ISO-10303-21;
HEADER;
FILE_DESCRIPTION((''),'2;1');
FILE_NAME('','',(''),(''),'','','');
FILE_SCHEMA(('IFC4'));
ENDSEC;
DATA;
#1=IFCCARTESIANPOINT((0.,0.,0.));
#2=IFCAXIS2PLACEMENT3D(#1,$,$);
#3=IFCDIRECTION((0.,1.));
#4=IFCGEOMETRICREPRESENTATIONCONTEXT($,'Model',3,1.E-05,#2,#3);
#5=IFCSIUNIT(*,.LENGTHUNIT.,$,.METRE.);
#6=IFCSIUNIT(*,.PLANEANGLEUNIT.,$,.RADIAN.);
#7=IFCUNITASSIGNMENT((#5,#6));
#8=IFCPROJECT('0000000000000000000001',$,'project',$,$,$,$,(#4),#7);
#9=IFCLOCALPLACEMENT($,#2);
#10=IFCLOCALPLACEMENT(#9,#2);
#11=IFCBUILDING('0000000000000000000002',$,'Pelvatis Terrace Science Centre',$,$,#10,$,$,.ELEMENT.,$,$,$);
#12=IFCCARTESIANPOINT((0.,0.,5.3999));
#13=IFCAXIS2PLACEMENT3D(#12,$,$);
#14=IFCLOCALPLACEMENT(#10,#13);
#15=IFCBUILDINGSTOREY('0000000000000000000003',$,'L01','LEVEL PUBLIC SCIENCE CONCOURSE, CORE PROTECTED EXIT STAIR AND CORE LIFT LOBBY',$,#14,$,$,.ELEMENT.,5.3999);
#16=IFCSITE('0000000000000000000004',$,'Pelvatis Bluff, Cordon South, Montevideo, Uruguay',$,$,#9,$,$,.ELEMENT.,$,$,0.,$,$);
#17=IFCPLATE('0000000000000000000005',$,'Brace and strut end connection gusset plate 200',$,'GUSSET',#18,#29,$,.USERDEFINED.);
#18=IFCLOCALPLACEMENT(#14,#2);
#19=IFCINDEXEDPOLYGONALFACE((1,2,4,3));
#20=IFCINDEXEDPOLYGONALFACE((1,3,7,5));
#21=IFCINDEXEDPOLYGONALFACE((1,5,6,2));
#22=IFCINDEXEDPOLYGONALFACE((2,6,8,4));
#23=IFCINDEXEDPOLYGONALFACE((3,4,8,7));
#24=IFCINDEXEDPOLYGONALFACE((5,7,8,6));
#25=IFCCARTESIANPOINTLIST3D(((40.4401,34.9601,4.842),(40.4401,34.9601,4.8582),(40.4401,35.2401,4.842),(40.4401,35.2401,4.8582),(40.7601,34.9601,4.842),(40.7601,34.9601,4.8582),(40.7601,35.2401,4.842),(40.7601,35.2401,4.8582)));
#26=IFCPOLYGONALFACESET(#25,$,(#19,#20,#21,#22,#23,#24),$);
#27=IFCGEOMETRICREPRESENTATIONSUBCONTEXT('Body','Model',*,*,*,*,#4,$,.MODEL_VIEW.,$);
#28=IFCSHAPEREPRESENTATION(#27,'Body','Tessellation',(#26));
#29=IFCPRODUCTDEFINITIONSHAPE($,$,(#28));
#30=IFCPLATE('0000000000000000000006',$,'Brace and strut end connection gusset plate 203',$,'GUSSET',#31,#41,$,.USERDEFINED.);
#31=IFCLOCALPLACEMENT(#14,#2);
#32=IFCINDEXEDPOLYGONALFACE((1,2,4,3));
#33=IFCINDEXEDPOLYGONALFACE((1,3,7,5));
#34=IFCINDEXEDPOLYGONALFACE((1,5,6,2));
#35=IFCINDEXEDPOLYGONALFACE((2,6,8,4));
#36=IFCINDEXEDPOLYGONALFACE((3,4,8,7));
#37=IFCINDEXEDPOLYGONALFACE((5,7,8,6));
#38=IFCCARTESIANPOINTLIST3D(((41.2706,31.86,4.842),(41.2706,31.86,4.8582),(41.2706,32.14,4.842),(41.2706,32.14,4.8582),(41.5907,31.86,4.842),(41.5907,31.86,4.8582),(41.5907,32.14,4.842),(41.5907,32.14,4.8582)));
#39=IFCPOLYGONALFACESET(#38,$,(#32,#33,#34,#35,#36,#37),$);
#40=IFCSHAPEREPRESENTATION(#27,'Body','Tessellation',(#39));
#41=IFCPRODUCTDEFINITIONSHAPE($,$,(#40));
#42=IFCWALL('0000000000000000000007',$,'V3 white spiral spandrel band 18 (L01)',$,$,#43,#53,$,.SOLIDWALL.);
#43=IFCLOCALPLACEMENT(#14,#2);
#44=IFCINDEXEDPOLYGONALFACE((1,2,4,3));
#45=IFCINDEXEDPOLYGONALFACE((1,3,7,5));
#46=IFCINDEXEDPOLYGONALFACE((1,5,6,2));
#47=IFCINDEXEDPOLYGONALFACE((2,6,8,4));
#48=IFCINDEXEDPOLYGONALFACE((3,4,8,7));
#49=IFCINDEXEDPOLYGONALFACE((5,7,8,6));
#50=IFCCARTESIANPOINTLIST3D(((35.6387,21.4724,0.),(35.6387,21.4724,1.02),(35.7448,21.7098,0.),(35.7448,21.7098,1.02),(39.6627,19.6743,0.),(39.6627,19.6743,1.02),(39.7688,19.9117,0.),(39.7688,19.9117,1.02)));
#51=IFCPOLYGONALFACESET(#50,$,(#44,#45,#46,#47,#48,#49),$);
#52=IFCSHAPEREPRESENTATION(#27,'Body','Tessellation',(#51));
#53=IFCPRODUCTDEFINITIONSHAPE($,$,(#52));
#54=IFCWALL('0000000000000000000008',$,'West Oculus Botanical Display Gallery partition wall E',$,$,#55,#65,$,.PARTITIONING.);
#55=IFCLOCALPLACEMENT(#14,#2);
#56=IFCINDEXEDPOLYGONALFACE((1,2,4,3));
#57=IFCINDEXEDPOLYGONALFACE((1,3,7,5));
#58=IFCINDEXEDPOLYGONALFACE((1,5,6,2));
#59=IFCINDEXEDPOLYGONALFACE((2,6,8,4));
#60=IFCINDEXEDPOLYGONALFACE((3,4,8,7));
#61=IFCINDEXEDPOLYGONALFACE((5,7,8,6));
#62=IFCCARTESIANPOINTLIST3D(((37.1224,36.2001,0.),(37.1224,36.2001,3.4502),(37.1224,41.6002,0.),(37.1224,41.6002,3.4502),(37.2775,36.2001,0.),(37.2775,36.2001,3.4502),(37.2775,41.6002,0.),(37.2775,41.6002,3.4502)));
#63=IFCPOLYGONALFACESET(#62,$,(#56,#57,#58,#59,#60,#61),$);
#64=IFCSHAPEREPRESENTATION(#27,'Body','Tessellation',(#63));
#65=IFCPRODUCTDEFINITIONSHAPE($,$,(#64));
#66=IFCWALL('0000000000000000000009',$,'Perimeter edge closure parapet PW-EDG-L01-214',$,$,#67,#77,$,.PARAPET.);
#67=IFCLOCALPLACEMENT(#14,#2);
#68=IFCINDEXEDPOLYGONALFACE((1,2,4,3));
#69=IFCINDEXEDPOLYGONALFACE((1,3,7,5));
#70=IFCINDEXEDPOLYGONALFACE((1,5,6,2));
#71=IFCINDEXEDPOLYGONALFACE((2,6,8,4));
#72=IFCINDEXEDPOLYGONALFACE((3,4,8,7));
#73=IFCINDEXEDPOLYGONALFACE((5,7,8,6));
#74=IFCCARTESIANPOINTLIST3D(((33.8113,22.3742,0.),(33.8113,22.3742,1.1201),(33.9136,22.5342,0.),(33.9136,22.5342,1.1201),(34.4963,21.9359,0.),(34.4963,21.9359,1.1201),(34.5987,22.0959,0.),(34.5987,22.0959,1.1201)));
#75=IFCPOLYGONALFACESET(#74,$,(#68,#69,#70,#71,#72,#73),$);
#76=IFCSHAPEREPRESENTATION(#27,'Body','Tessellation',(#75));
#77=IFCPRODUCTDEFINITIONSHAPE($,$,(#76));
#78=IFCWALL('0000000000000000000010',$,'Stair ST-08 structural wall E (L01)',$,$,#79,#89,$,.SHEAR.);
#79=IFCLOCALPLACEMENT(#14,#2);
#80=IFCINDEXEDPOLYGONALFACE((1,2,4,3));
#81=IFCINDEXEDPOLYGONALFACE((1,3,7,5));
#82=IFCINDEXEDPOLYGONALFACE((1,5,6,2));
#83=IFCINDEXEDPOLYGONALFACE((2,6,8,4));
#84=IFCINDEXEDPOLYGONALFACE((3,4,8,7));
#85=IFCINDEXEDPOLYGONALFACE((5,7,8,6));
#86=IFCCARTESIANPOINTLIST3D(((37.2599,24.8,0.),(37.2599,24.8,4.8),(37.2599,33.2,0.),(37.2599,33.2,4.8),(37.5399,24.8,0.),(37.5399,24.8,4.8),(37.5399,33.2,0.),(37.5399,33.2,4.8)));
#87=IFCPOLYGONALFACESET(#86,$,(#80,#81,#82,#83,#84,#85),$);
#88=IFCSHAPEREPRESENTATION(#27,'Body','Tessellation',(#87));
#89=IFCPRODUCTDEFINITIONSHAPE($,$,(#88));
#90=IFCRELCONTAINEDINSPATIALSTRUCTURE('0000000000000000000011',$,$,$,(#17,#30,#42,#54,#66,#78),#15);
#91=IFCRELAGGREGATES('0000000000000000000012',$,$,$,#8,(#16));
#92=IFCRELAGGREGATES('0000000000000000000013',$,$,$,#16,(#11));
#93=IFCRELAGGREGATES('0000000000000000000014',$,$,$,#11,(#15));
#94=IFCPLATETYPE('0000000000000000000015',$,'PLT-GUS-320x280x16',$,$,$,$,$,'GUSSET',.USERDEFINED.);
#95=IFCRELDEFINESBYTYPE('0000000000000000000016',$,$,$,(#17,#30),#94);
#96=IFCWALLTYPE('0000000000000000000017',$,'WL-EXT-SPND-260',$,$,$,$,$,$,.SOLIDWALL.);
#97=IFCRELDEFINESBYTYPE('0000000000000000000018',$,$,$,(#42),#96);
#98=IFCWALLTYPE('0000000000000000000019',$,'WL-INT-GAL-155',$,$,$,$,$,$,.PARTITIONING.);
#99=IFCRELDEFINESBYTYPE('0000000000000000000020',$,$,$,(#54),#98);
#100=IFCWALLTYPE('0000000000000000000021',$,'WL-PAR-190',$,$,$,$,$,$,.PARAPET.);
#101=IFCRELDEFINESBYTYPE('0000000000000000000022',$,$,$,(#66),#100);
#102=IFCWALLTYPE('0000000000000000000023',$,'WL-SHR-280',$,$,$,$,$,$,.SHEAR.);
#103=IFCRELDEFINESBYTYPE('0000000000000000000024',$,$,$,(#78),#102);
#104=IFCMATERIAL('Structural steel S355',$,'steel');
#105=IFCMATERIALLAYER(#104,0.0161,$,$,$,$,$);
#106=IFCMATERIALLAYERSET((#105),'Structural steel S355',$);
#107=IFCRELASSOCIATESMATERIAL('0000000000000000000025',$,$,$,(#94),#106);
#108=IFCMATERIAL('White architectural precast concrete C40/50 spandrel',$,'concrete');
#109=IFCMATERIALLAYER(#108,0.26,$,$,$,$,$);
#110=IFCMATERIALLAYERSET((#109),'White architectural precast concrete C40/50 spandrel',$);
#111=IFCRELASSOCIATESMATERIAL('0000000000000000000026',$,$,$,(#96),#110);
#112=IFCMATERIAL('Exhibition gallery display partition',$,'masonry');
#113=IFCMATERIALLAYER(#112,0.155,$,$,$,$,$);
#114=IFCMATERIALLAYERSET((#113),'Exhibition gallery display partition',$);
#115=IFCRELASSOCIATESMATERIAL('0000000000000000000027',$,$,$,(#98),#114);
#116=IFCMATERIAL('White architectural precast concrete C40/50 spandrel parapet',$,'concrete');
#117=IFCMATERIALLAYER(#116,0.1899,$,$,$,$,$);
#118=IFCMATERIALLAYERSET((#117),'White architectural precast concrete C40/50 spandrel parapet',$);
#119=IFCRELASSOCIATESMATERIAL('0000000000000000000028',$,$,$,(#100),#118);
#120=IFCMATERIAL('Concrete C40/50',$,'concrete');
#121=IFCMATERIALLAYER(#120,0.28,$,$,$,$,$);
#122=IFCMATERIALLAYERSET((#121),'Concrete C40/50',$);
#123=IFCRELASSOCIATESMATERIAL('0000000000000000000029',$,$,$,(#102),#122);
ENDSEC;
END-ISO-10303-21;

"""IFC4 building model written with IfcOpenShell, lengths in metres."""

from ifc_helpers import new_model, si_unit, direction, frame, frame_2d, origin, origin_2d, place, context, subcontext, project, spatial, rectangle, extrude, material, layer, layer_set, type_object, element, save


model = new_model("IFC4")

# Units and contexts
model_context = context("Model", 3, precision=1e-05, world=origin(), true_north=direction((0.0, 1.0)))
body_context = subcontext(model_context, "Body", "Model", "MODEL_VIEW")
ifc_project = project(units=[si_unit("LENGTHUNIT", "METRE"), si_unit("PLANEANGLEUNIT", "RADIAN")], contexts=[model_context])

# Site, building, storey
site_placement = place(None, origin())
site = spatial("IfcSite", under=ifc_project, at=site_placement, Name="Pelvatis Bluff, Cordon South, Montevideo, Uruguay", CompositionType="ELEMENT", RefElevation=0.0)
building_placement = place(site_placement, origin())
building = spatial("IfcBuilding", under=site, at=building_placement, Name="Pelvatis Terrace Science Centre", CompositionType="ELEMENT")
storey_placement = place(building_placement, frame((0.0, 0.0, 5.3999)))
storey = spatial("IfcBuildingStorey", under=building, at=storey_placement, Name="L01", Description="LEVEL PUBLIC SCIENCE CONCOURSE, CORE PROTECTED EXIT STAIR AND CORE LIFT LOBBY", CompositionType="ELEMENT", Elevation=5.3999)

# Plates
ifc_material_1 = material(Name="Structural steel S355", Category="steel")
ifc_layer_1 = layer(ifc_material_1, 0.0161)
ifc_layer_set_1 = layer_set([ifc_layer_1], Name="Structural steel S355")
plate_type_1 = type_object("IfcPlateType", Name="PLT-GUS-320x280x16", ElementType="GUSSET", PredefinedType="USERDEFINED", material=ifc_layer_set_1)
for number, where, z_axis, x_axis, name in (
    (1, (40.6001, 35.1001, 4.842), (0.0, 0.0, 1.0), (1.0, 0.0, 0.0), "Brace and strut end connection gusset plate 200"),
    (2, (41.4307, 32.0, 4.842), (0.0, 0.0, 1.0), (1.0, 0.0, 0.0), "Brace and strut end connection gusset plate 203"),
):
    element("IfcPlate", number, at=place(storey_placement, frame(where, z_axis=z_axis, x_axis=x_axis)), inside=storey, type_object=plate_type_1, Name=name, ObjectType="GUSSET", PredefinedType="USERDEFINED", context=body_context, shape_type="SweptSolid", body=[
        extrude(rectangle(XDim=0.3201, YDim=0.28, at=origin_2d()), origin(), (0.0, 0.0, 1.0), 0.0161),
    ])

# Walls
ifc_material_2 = material(Name="White architectural precast concrete C40/50 spandrel", Category="concrete")
ifc_layer_2 = layer(ifc_material_2, 0.26)
ifc_layer_set_2 = layer_set([ifc_layer_2], Name="White architectural precast concrete C40/50 spandrel")
wall_type_1 = type_object("IfcWallType", Name="WL-EXT-SPND-260", PredefinedType="SOLIDWALL", material=ifc_layer_set_2)
wall_1_placement = place(storey_placement, frame((35.6919, 21.5911, 0.0), z_axis=(0.0, 0.0, 1.0), x_axis=(0.912994, -0.407972, 0.0)))
element("IfcWall", 3, at=wall_1_placement, inside=storey, type_object=wall_type_1, Name="V3 white spiral spandrel band 18 (L01)", PredefinedType="SOLIDWALL", context=body_context, shape_type="SweptSolid", body=[
    extrude(rectangle(XDim=4.4075, YDim=0.26, at=frame_2d((2.2036, 0.0))), origin(), (0.0, 0.0, 1.0), 1.02),
])
ifc_material_3 = material(Name="Exhibition gallery display partition", Category="masonry")
ifc_layer_3 = layer(ifc_material_3, 0.155)
ifc_layer_set_3 = layer_set([ifc_layer_3], Name="Exhibition gallery display partition")
wall_type_2 = type_object("IfcWallType", Name="WL-INT-GAL-155", PredefinedType="PARTITIONING", material=ifc_layer_set_3)
wall_2_placement = place(storey_placement, frame((37.2, 36.2, 0.0), z_axis=(0.0, 0.0, 1.0), x_axis=(0.0, 1.0, 0.0)))
element("IfcWall", 4, at=wall_2_placement, inside=storey, type_object=wall_type_2, Name="West Oculus Botanical Display Gallery partition wall E", PredefinedType="PARTITIONING", context=body_context, shape_type="SweptSolid", body=[
    extrude(rectangle(XDim=5.4001, YDim=0.155, at=frame_2d((2.7002, 0.0))), origin(), (0.0, 0.0, 1.0), 3.4502),
])
ifc_material_4 = material(Name="White architectural precast concrete C40/50 spandrel parapet", Category="concrete")
ifc_layer_4 = layer(ifc_material_4, 0.1899)
ifc_layer_set_4 = layer_set([ifc_layer_4], Name="White architectural precast concrete C40/50 spandrel parapet")
wall_type_3 = type_object("IfcWallType", Name="WL-PAR-190", PredefinedType="PARAPET", material=ifc_layer_set_4)
wall_3_placement = place(storey_placement, frame((34.5476, 22.0159, 0.0), z_axis=(0.0, 0.0, 1.0), x_axis=(-0.842386, 0.538875, 0.0)))
element("IfcWall", 5, at=wall_3_placement, inside=storey, type_object=wall_type_3, Name="Perimeter edge closure parapet PW-EDG-L01-214", PredefinedType="PARAPET", context=body_context, shape_type="SweptSolid", body=[
    extrude(rectangle(XDim=0.8132, YDim=0.1899, at=frame_2d((0.4067, 0.0))), origin(), (0.0, 0.0, 1.0), 1.1201),
])
ifc_material_5 = material(Name="Concrete C40/50", Category="concrete")
ifc_layer_5 = layer(ifc_material_5, 0.28)
ifc_layer_set_5 = layer_set([ifc_layer_5], Name="Concrete C40/50")
wall_type_4 = type_object("IfcWallType", Name="WL-SHR-280", PredefinedType="SHEAR", material=ifc_layer_set_5)
wall_4_placement = place(storey_placement, frame((37.3999, 24.8, 0.0), z_axis=(0.0, 0.0, 1.0), x_axis=(0.0, 1.0, 0.0)))
element("IfcWall", 6, at=wall_4_placement, inside=storey, type_object=wall_type_4, Name="Stair ST-08 structural wall E (L01)", PredefinedType="SHEAR", context=body_context, shape_type="SweptSolid", body=[
    extrude(rectangle(XDim=8.3999, YDim=0.28, at=frame_2d((4.2, 0.0))), origin(), (0.0, 0.0, 1.0), 4.8),
])

save(model, "model.ifc")
